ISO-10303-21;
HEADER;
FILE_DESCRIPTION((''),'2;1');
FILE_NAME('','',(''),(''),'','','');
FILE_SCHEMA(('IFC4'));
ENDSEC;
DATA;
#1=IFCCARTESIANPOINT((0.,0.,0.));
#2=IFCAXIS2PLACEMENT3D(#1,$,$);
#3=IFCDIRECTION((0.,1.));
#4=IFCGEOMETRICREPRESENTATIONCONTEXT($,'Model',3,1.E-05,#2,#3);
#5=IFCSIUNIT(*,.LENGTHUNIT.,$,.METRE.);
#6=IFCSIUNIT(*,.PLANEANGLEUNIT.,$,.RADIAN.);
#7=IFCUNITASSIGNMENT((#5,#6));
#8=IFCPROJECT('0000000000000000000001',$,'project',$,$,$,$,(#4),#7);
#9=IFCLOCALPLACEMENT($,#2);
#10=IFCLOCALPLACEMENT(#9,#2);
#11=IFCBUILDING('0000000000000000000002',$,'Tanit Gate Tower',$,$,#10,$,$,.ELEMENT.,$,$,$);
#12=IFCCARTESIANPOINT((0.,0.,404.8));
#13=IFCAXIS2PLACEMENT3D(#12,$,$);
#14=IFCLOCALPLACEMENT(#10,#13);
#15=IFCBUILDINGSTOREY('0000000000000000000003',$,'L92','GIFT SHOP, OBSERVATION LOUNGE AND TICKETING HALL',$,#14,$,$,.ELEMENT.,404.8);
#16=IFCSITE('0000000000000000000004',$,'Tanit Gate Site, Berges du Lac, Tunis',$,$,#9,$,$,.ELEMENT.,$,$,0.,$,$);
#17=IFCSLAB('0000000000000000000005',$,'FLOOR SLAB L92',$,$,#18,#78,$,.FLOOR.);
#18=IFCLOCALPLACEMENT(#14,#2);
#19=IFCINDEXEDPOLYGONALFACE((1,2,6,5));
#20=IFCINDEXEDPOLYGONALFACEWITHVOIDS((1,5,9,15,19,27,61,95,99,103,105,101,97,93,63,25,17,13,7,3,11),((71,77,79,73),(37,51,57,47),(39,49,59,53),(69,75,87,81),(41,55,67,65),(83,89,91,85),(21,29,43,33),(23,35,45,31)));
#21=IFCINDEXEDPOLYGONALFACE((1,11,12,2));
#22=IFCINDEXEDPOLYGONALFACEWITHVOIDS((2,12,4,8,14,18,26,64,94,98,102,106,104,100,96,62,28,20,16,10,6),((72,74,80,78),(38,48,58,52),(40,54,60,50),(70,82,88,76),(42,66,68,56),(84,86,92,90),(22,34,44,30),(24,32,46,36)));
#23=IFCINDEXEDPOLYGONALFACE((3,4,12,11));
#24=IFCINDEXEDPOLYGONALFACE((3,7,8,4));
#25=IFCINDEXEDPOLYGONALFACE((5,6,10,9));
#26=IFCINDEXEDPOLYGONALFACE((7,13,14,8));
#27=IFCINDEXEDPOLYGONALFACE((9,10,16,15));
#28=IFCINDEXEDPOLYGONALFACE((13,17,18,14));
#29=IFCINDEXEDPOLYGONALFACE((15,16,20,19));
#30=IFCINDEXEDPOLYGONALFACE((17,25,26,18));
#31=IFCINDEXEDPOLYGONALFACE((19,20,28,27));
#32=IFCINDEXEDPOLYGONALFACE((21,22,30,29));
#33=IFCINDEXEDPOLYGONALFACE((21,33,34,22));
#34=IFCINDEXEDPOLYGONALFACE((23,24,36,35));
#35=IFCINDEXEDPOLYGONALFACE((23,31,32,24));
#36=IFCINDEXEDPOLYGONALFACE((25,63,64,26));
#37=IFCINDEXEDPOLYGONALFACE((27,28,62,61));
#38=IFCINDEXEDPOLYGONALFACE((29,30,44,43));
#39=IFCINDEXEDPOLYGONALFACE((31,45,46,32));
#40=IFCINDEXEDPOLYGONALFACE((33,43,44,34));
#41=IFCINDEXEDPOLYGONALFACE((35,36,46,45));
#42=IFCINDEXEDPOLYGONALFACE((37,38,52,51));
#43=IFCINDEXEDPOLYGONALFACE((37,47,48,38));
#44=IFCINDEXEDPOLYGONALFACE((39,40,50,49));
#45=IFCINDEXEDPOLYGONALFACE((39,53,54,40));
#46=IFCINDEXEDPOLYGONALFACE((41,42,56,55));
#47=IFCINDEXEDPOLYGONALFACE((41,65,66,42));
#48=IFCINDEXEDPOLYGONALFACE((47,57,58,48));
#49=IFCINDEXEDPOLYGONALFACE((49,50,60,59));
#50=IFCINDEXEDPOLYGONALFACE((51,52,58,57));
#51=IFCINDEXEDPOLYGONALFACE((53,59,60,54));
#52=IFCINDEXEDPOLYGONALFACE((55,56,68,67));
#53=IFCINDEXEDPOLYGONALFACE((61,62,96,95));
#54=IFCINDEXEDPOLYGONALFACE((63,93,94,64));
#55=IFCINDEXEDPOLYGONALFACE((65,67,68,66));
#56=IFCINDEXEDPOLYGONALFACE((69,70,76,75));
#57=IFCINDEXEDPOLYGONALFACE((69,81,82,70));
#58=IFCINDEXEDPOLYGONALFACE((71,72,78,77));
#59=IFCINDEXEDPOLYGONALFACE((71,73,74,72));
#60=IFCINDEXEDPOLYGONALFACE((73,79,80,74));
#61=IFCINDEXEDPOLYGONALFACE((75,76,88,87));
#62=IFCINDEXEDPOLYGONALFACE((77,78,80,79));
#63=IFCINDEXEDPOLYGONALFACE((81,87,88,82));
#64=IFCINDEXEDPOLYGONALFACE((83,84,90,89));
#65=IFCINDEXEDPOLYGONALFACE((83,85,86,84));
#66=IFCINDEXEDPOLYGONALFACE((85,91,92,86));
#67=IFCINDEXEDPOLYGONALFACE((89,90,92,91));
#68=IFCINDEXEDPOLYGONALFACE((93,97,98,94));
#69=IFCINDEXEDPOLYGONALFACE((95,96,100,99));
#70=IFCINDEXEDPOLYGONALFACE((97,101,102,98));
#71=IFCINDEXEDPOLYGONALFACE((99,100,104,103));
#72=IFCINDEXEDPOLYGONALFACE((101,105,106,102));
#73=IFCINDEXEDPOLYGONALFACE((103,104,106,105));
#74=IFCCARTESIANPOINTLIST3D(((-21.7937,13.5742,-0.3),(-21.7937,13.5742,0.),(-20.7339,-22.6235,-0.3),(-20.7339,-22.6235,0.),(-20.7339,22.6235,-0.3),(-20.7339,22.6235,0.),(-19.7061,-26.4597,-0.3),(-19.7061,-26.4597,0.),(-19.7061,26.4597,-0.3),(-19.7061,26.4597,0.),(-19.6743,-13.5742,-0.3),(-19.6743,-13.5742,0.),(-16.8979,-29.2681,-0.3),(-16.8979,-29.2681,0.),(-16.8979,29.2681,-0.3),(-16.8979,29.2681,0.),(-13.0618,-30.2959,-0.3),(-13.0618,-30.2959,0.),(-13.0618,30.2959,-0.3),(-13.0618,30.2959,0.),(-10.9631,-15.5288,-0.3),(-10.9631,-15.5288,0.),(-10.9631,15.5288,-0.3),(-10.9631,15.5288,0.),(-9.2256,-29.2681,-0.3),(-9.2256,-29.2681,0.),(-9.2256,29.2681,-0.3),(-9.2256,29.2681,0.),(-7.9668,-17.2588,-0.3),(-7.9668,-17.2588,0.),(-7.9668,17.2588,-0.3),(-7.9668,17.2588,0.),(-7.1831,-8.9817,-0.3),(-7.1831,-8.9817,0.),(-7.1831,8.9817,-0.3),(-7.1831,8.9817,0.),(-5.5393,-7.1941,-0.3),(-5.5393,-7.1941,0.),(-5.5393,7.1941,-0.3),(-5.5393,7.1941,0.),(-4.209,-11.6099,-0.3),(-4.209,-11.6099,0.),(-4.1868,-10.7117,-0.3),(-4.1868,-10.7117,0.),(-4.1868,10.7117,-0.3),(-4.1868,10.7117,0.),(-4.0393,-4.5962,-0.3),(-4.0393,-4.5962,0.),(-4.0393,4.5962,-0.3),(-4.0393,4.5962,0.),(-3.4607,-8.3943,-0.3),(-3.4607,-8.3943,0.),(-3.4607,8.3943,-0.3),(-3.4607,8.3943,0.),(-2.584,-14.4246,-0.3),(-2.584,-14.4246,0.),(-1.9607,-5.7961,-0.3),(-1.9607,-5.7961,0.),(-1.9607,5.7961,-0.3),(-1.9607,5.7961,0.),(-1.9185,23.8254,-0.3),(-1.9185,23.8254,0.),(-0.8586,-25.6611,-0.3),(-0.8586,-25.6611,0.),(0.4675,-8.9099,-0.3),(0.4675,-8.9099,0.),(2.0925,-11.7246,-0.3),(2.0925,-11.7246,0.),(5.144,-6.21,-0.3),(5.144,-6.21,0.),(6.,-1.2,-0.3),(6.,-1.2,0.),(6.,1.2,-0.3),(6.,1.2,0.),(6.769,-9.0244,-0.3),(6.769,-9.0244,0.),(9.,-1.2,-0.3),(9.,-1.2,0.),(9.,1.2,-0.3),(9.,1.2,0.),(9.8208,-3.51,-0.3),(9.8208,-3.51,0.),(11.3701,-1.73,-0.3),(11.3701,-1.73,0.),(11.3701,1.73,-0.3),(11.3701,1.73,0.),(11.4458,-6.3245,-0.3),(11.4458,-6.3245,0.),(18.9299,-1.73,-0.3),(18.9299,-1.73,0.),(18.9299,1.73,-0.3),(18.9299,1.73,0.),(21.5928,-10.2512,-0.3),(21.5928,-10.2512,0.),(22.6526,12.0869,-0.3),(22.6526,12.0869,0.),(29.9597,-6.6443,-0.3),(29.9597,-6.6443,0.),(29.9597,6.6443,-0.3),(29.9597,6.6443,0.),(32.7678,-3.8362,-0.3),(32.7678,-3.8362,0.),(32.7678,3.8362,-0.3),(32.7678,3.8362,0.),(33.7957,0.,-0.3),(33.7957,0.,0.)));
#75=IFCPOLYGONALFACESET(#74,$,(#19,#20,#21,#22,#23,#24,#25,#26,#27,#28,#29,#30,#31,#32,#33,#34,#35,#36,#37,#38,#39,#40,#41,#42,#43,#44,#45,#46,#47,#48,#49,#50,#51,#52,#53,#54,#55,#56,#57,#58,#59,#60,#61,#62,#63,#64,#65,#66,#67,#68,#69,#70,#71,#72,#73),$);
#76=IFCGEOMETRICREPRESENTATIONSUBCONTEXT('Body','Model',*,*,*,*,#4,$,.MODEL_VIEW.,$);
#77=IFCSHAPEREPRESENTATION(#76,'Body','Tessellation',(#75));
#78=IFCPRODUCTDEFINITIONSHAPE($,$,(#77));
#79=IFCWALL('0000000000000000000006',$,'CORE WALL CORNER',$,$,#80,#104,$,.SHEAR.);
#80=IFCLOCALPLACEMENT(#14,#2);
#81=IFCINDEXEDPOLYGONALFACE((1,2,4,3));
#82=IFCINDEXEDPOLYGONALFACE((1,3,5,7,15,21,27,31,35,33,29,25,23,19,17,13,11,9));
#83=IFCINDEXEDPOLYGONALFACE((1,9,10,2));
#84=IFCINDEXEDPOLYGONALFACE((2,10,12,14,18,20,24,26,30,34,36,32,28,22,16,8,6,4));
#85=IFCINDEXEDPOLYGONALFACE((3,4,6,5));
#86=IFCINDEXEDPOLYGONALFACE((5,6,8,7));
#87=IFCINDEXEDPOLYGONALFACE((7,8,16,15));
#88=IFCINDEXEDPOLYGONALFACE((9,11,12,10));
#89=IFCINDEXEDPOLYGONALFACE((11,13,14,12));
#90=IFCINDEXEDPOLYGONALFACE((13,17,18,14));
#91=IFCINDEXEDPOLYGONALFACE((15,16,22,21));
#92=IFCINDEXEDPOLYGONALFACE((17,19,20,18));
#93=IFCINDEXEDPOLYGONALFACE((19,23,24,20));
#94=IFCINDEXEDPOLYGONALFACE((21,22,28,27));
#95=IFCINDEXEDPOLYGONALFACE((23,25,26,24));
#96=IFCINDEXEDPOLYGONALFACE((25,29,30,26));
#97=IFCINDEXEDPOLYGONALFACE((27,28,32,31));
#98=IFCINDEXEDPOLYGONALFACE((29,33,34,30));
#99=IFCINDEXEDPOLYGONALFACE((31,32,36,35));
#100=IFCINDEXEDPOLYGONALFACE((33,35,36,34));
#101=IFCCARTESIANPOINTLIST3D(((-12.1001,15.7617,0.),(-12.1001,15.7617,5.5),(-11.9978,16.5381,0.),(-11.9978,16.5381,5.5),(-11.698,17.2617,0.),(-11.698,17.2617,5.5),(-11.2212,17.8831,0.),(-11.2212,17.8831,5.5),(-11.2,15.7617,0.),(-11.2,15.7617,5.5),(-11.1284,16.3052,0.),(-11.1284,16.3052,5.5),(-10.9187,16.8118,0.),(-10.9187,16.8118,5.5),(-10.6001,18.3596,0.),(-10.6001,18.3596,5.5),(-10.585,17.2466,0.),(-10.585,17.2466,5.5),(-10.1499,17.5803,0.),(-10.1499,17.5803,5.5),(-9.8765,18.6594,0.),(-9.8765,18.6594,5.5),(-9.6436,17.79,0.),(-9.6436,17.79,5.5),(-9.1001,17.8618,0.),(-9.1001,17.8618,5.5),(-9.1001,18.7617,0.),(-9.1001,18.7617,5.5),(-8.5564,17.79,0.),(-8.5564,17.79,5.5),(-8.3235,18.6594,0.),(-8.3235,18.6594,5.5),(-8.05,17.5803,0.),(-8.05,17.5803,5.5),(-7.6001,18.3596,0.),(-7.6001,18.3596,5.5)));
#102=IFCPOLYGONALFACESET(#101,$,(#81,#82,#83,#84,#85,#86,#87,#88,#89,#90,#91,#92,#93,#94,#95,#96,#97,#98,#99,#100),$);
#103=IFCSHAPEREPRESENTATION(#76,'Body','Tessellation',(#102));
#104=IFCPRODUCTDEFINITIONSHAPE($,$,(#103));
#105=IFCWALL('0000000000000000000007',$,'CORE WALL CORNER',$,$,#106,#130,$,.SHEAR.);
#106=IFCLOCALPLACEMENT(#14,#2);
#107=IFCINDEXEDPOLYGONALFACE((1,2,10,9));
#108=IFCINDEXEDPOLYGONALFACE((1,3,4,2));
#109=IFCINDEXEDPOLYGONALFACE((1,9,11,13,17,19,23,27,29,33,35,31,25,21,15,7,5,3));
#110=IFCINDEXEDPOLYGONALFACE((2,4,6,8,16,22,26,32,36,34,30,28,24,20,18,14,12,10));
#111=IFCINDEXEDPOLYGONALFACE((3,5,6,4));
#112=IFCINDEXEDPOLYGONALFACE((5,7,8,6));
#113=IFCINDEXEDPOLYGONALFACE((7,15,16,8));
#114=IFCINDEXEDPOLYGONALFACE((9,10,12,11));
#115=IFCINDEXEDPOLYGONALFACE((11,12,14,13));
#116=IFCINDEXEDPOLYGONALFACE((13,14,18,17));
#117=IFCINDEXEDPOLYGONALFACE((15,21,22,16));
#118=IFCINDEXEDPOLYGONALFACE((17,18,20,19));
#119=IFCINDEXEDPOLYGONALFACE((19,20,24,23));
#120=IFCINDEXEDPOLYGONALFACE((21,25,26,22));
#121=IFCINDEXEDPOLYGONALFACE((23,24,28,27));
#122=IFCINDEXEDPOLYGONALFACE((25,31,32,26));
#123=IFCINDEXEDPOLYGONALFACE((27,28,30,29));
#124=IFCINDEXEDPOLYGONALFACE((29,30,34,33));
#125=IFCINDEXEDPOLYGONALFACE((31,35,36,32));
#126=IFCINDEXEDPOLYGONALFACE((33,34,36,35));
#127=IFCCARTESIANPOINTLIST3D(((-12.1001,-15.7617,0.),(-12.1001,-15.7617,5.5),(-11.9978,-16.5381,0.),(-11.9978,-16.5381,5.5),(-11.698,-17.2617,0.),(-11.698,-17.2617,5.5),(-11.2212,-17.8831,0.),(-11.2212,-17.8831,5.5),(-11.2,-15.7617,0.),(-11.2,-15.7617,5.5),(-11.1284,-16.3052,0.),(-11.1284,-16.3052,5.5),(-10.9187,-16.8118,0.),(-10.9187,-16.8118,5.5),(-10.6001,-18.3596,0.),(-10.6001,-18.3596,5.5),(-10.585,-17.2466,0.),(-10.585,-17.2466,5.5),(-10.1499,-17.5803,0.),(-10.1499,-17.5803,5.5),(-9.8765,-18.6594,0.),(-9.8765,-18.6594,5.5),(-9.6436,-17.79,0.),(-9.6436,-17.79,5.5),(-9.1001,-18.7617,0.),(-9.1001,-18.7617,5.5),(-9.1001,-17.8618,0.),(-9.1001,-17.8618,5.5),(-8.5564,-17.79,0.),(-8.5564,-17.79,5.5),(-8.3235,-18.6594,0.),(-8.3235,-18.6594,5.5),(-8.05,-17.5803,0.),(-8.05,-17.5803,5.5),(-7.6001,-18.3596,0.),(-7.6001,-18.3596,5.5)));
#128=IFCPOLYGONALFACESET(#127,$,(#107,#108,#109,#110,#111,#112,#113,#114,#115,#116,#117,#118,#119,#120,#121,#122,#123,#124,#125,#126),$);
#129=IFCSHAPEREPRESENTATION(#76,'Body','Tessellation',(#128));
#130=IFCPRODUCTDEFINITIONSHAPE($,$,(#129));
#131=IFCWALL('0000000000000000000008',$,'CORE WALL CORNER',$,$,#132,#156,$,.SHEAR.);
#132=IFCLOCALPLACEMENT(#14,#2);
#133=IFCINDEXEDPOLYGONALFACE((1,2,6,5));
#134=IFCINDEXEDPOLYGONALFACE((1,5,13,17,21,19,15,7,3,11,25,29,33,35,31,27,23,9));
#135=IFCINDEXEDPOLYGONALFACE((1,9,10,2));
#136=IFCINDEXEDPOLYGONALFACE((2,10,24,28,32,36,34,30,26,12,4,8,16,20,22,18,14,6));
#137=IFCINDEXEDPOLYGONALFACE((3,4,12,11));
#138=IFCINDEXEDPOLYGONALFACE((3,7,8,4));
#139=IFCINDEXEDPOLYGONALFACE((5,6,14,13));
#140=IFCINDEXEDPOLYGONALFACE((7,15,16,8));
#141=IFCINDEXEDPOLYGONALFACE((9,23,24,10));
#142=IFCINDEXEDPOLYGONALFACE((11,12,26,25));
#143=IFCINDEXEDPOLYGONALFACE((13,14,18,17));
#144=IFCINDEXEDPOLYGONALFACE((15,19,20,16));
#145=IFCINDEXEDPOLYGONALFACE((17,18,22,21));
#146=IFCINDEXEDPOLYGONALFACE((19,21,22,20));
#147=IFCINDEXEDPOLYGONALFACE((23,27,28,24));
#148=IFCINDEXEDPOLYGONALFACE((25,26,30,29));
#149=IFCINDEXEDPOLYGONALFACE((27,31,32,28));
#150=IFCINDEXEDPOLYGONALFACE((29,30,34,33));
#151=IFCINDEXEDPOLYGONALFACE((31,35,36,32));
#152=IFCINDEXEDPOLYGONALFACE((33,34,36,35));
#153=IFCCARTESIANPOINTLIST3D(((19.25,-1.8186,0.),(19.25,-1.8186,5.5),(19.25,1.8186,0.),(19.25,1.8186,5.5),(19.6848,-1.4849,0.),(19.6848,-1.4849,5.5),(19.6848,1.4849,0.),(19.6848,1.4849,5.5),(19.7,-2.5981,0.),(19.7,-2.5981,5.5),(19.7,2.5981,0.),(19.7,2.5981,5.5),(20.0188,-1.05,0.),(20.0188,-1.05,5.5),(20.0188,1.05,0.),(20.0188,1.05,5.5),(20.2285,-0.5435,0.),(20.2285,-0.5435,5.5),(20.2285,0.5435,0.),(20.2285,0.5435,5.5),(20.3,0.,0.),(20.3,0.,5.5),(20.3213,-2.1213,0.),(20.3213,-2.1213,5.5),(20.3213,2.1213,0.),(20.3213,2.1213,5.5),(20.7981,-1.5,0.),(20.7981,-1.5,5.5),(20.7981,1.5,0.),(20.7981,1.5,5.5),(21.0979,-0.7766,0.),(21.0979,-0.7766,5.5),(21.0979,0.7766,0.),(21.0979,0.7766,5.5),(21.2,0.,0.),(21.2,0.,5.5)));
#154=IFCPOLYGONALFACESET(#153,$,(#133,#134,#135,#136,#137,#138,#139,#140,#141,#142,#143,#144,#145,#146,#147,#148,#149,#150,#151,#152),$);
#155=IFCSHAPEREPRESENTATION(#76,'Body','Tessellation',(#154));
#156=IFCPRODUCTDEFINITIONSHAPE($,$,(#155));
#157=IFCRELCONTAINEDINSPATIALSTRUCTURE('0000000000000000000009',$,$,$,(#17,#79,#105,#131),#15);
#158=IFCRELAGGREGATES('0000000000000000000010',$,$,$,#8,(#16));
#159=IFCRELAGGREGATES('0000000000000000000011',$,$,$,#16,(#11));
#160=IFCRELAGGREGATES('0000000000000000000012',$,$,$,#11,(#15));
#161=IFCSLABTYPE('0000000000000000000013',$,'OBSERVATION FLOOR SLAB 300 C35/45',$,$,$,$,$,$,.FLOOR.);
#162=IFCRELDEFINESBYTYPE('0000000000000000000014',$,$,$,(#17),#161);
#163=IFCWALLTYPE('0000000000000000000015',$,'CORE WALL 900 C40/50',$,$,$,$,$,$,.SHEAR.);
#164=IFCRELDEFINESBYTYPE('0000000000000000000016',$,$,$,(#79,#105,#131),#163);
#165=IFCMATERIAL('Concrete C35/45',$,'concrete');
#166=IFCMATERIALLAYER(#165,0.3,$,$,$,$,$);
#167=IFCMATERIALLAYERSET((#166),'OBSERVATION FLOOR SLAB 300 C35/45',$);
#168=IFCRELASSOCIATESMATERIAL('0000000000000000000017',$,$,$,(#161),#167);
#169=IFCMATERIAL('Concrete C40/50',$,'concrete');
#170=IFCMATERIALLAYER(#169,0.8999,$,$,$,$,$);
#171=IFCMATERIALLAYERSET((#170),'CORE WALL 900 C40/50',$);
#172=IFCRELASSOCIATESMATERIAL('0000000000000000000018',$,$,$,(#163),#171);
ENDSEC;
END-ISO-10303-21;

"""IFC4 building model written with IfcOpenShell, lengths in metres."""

from ifc_helpers import new_model, si_unit, direction, frame, origin, place, context, subcontext, project, spatial, polyline, outline, extrude, material, layer, layer_set, type_object, element, save


model = new_model("IFC4")

# Units and contexts
model_context = context("Model", 3, precision=1e-05, world=origin(), true_north=direction((0.0, 1.0)))
body_context = subcontext(model_context, "Body", "Model", "MODEL_VIEW")
ifc_project = project(units=[si_unit("LENGTHUNIT", "METRE"), si_unit("PLANEANGLEUNIT", "RADIAN")], contexts=[model_context])

# Site, building, storey
site_placement = place(None, origin())
site = spatial("IfcSite", under=ifc_project, at=site_placement, Name="Tanit Gate Site, Berges du Lac, Tunis", CompositionType="ELEMENT", RefElevation=0.0)
building_placement = place(site_placement, origin())
building = spatial("IfcBuilding", under=site, at=building_placement, Name="Tanit Gate Tower", CompositionType="ELEMENT")
storey_placement = place(building_placement, frame((0.0, 0.0, 404.8)))
storey = spatial("IfcBuildingStorey", under=building, at=storey_placement, Name="L92", Description="GIFT SHOP, OBSERVATION LOUNGE AND TICKETING HALL", CompositionType="ELEMENT", Elevation=404.8)

# Slab
ifc_material_1 = material(Name="Concrete C35/45", Category="concrete")
ifc_layer_1 = layer(ifc_material_1, 0.3)
ifc_layer_set_1 = layer_set([ifc_layer_1], Name="OBSERVATION FLOOR SLAB 300 C35/45")
slab_type = type_object("IfcSlabType", Name="OBSERVATION FLOOR SLAB 300 C35/45", PredefinedType="FLOOR", material=ifc_layer_set_1)
slab_placement = place(storey_placement, frame((0.0, 0.0, -0.3)))
element("IfcSlab", 1, at=slab_placement, inside=storey, type_object=slab_type, Name="FLOOR SLAB L92", PredefinedType="FLOOR", context=body_context, shape_type="SweptSolid", body=[
    extrude(outline(polyline([(29.9597, 6.6443), (32.7678, 3.8362), (33.7957, 0.0), (32.7678, -3.8362), (29.9597, -6.6443), (21.5928, -10.2512), (-0.8586, -25.6611), (-9.2256, -29.2681), (-13.0618, -30.2959), (-16.8979, -29.2681), (-19.7061, -26.4597), (-20.7339, -22.6235), (-19.6743, -13.5742), (-21.7937, 13.5742), (-20.7339, 22.6235), (-19.7061, 26.4597), (-16.8979, 29.2681), (-13.0618, 30.2959), (-9.2256, 29.2681), (-1.9185, 23.8254), (22.6526, 12.0869), (29.9597, 6.6443)]), holes=[polyline([(11.3701, -1.73), (11.3701, 1.73), (18.9299, 1.73), (18.9299, -1.73), (11.3701, -1.73)]), polyline([(5.144, -6.21), (9.8208, -3.51), (11.4458, -6.3245), (6.769, -9.0244), (5.144, -6.21)]), polyline([(6.0, -1.2), (6.0, 1.2), (9.0, 1.2), (9.0, -1.2), (6.0, -1.2)]), polyline([(-4.209, -11.6099), (0.4675, -8.9099), (2.0925, -11.7246), (-2.584, -14.4246), (-4.209, -11.6099)]), polyline([(-4.0393, 4.5962), (-5.5393, 7.1941), (-3.4607, 8.3943), (-1.9607, 5.7961), (-4.0393, 4.5962)]), polyline([(-1.9607, -5.7961), (-3.4607, -8.3943), (-5.5393, -7.1941), (-4.0393, -4.5962), (-1.9607, -5.7961)]), polyline([(-7.1831, 8.9817), (-10.9631, 15.5288), (-7.9668, 17.2588), (-4.1868, 10.7117), (-7.1831, 8.9817)]), polyline([(-7.1831, -8.9817), (-4.1868, -10.7117), (-7.9668, -17.2588), (-10.9631, -15.5288), (-7.1831, -8.9817)])]), origin(), (0.0, 0.0, 1.0), 0.3),
])

# Walls
ifc_material_2 = material(Name="Concrete C40/50", Category="concrete")
ifc_layer_2 = layer(ifc_material_2, 0.8999)
ifc_layer_set_2 = layer_set([ifc_layer_2], Name="CORE WALL 900 C40/50")
wall_type_1 = type_object("IfcWallType", Name="CORE WALL 900 C40/50", PredefinedType="SHEAR", material=ifc_layer_set_2)
wall_1_placement = place(storey_placement, origin())
element("IfcWall", 2, at=wall_1_placement, inside=storey, type_object=wall_type_1, Name="CORE WALL CORNER", PredefinedType="SHEAR", context=body_context, shape_type="SweptSolid", body=[
    extrude(outline(polyline([(-7.6001, 18.3596), (-8.3235, 18.6594), (-9.1001, 18.7617), (-9.8765, 18.6594), (-10.6001, 18.3596), (-11.2212, 17.8831), (-11.698, 17.2617), (-11.9978, 16.5381), (-12.1001, 15.7617), (-11.2, 15.7617), (-11.1284, 16.3052), (-10.9187, 16.8118), (-10.585, 17.2466), (-10.1499, 17.5803), (-9.6436, 17.79), (-9.1001, 17.8618), (-8.5564, 17.79), (-8.05, 17.5803), (-7.6001, 18.3596)])), origin(), (0.0, 0.0, 1.0), 5.5),
])
wall_2_placement = place(storey_placement, origin())
element("IfcWall", 3, at=wall_2_placement, inside=storey, type_object=wall_type_1, Name="CORE WALL CORNER", PredefinedType="SHEAR", context=body_context, shape_type="SweptSolid", body=[
    extrude(outline(polyline([(-12.1001, -15.7617), (-11.9978, -16.5381), (-11.698, -17.2617), (-11.2212, -17.8831), (-10.6001, -18.3596), (-9.8765, -18.6594), (-9.1001, -18.7617), (-8.3235, -18.6594), (-7.6001, -18.3596), (-8.05, -17.5803), (-8.5564, -17.79), (-9.1001, -17.8618), (-9.6436, -17.79), (-10.1499, -17.5803), (-10.585, -17.2466), (-10.9187, -16.8118), (-11.1284, -16.3052), (-11.2, -15.7617), (-12.1001, -15.7617)])), origin(), (0.0, 0.0, 1.0), 5.5),
])
wall_3_placement = place(storey_placement, origin())
element("IfcWall", 4, at=wall_3_placement, inside=storey, type_object=wall_type_1, Name="CORE WALL CORNER", PredefinedType="SHEAR", context=body_context, shape_type="SweptSolid", body=[
    extrude(outline(polyline([(19.7, -2.5981), (20.3213, -2.1213), (20.7981, -1.5), (21.0979, -0.7766), (21.2, 0.0), (21.0979, 0.7766), (20.7981, 1.5), (20.3213, 2.1213), (19.7, 2.5981), (19.25, 1.8186), (19.6848, 1.4849), (20.0188, 1.05), (20.2285, 0.5435), (20.3, 0.0), (20.2285, -0.5435), (20.0188, -1.05), (19.6848, -1.4849), (19.25, -1.8186), (19.7, -2.5981)])), origin(), (0.0, 0.0, 1.0), 5.5),
])

save(model, "model.ifc")
